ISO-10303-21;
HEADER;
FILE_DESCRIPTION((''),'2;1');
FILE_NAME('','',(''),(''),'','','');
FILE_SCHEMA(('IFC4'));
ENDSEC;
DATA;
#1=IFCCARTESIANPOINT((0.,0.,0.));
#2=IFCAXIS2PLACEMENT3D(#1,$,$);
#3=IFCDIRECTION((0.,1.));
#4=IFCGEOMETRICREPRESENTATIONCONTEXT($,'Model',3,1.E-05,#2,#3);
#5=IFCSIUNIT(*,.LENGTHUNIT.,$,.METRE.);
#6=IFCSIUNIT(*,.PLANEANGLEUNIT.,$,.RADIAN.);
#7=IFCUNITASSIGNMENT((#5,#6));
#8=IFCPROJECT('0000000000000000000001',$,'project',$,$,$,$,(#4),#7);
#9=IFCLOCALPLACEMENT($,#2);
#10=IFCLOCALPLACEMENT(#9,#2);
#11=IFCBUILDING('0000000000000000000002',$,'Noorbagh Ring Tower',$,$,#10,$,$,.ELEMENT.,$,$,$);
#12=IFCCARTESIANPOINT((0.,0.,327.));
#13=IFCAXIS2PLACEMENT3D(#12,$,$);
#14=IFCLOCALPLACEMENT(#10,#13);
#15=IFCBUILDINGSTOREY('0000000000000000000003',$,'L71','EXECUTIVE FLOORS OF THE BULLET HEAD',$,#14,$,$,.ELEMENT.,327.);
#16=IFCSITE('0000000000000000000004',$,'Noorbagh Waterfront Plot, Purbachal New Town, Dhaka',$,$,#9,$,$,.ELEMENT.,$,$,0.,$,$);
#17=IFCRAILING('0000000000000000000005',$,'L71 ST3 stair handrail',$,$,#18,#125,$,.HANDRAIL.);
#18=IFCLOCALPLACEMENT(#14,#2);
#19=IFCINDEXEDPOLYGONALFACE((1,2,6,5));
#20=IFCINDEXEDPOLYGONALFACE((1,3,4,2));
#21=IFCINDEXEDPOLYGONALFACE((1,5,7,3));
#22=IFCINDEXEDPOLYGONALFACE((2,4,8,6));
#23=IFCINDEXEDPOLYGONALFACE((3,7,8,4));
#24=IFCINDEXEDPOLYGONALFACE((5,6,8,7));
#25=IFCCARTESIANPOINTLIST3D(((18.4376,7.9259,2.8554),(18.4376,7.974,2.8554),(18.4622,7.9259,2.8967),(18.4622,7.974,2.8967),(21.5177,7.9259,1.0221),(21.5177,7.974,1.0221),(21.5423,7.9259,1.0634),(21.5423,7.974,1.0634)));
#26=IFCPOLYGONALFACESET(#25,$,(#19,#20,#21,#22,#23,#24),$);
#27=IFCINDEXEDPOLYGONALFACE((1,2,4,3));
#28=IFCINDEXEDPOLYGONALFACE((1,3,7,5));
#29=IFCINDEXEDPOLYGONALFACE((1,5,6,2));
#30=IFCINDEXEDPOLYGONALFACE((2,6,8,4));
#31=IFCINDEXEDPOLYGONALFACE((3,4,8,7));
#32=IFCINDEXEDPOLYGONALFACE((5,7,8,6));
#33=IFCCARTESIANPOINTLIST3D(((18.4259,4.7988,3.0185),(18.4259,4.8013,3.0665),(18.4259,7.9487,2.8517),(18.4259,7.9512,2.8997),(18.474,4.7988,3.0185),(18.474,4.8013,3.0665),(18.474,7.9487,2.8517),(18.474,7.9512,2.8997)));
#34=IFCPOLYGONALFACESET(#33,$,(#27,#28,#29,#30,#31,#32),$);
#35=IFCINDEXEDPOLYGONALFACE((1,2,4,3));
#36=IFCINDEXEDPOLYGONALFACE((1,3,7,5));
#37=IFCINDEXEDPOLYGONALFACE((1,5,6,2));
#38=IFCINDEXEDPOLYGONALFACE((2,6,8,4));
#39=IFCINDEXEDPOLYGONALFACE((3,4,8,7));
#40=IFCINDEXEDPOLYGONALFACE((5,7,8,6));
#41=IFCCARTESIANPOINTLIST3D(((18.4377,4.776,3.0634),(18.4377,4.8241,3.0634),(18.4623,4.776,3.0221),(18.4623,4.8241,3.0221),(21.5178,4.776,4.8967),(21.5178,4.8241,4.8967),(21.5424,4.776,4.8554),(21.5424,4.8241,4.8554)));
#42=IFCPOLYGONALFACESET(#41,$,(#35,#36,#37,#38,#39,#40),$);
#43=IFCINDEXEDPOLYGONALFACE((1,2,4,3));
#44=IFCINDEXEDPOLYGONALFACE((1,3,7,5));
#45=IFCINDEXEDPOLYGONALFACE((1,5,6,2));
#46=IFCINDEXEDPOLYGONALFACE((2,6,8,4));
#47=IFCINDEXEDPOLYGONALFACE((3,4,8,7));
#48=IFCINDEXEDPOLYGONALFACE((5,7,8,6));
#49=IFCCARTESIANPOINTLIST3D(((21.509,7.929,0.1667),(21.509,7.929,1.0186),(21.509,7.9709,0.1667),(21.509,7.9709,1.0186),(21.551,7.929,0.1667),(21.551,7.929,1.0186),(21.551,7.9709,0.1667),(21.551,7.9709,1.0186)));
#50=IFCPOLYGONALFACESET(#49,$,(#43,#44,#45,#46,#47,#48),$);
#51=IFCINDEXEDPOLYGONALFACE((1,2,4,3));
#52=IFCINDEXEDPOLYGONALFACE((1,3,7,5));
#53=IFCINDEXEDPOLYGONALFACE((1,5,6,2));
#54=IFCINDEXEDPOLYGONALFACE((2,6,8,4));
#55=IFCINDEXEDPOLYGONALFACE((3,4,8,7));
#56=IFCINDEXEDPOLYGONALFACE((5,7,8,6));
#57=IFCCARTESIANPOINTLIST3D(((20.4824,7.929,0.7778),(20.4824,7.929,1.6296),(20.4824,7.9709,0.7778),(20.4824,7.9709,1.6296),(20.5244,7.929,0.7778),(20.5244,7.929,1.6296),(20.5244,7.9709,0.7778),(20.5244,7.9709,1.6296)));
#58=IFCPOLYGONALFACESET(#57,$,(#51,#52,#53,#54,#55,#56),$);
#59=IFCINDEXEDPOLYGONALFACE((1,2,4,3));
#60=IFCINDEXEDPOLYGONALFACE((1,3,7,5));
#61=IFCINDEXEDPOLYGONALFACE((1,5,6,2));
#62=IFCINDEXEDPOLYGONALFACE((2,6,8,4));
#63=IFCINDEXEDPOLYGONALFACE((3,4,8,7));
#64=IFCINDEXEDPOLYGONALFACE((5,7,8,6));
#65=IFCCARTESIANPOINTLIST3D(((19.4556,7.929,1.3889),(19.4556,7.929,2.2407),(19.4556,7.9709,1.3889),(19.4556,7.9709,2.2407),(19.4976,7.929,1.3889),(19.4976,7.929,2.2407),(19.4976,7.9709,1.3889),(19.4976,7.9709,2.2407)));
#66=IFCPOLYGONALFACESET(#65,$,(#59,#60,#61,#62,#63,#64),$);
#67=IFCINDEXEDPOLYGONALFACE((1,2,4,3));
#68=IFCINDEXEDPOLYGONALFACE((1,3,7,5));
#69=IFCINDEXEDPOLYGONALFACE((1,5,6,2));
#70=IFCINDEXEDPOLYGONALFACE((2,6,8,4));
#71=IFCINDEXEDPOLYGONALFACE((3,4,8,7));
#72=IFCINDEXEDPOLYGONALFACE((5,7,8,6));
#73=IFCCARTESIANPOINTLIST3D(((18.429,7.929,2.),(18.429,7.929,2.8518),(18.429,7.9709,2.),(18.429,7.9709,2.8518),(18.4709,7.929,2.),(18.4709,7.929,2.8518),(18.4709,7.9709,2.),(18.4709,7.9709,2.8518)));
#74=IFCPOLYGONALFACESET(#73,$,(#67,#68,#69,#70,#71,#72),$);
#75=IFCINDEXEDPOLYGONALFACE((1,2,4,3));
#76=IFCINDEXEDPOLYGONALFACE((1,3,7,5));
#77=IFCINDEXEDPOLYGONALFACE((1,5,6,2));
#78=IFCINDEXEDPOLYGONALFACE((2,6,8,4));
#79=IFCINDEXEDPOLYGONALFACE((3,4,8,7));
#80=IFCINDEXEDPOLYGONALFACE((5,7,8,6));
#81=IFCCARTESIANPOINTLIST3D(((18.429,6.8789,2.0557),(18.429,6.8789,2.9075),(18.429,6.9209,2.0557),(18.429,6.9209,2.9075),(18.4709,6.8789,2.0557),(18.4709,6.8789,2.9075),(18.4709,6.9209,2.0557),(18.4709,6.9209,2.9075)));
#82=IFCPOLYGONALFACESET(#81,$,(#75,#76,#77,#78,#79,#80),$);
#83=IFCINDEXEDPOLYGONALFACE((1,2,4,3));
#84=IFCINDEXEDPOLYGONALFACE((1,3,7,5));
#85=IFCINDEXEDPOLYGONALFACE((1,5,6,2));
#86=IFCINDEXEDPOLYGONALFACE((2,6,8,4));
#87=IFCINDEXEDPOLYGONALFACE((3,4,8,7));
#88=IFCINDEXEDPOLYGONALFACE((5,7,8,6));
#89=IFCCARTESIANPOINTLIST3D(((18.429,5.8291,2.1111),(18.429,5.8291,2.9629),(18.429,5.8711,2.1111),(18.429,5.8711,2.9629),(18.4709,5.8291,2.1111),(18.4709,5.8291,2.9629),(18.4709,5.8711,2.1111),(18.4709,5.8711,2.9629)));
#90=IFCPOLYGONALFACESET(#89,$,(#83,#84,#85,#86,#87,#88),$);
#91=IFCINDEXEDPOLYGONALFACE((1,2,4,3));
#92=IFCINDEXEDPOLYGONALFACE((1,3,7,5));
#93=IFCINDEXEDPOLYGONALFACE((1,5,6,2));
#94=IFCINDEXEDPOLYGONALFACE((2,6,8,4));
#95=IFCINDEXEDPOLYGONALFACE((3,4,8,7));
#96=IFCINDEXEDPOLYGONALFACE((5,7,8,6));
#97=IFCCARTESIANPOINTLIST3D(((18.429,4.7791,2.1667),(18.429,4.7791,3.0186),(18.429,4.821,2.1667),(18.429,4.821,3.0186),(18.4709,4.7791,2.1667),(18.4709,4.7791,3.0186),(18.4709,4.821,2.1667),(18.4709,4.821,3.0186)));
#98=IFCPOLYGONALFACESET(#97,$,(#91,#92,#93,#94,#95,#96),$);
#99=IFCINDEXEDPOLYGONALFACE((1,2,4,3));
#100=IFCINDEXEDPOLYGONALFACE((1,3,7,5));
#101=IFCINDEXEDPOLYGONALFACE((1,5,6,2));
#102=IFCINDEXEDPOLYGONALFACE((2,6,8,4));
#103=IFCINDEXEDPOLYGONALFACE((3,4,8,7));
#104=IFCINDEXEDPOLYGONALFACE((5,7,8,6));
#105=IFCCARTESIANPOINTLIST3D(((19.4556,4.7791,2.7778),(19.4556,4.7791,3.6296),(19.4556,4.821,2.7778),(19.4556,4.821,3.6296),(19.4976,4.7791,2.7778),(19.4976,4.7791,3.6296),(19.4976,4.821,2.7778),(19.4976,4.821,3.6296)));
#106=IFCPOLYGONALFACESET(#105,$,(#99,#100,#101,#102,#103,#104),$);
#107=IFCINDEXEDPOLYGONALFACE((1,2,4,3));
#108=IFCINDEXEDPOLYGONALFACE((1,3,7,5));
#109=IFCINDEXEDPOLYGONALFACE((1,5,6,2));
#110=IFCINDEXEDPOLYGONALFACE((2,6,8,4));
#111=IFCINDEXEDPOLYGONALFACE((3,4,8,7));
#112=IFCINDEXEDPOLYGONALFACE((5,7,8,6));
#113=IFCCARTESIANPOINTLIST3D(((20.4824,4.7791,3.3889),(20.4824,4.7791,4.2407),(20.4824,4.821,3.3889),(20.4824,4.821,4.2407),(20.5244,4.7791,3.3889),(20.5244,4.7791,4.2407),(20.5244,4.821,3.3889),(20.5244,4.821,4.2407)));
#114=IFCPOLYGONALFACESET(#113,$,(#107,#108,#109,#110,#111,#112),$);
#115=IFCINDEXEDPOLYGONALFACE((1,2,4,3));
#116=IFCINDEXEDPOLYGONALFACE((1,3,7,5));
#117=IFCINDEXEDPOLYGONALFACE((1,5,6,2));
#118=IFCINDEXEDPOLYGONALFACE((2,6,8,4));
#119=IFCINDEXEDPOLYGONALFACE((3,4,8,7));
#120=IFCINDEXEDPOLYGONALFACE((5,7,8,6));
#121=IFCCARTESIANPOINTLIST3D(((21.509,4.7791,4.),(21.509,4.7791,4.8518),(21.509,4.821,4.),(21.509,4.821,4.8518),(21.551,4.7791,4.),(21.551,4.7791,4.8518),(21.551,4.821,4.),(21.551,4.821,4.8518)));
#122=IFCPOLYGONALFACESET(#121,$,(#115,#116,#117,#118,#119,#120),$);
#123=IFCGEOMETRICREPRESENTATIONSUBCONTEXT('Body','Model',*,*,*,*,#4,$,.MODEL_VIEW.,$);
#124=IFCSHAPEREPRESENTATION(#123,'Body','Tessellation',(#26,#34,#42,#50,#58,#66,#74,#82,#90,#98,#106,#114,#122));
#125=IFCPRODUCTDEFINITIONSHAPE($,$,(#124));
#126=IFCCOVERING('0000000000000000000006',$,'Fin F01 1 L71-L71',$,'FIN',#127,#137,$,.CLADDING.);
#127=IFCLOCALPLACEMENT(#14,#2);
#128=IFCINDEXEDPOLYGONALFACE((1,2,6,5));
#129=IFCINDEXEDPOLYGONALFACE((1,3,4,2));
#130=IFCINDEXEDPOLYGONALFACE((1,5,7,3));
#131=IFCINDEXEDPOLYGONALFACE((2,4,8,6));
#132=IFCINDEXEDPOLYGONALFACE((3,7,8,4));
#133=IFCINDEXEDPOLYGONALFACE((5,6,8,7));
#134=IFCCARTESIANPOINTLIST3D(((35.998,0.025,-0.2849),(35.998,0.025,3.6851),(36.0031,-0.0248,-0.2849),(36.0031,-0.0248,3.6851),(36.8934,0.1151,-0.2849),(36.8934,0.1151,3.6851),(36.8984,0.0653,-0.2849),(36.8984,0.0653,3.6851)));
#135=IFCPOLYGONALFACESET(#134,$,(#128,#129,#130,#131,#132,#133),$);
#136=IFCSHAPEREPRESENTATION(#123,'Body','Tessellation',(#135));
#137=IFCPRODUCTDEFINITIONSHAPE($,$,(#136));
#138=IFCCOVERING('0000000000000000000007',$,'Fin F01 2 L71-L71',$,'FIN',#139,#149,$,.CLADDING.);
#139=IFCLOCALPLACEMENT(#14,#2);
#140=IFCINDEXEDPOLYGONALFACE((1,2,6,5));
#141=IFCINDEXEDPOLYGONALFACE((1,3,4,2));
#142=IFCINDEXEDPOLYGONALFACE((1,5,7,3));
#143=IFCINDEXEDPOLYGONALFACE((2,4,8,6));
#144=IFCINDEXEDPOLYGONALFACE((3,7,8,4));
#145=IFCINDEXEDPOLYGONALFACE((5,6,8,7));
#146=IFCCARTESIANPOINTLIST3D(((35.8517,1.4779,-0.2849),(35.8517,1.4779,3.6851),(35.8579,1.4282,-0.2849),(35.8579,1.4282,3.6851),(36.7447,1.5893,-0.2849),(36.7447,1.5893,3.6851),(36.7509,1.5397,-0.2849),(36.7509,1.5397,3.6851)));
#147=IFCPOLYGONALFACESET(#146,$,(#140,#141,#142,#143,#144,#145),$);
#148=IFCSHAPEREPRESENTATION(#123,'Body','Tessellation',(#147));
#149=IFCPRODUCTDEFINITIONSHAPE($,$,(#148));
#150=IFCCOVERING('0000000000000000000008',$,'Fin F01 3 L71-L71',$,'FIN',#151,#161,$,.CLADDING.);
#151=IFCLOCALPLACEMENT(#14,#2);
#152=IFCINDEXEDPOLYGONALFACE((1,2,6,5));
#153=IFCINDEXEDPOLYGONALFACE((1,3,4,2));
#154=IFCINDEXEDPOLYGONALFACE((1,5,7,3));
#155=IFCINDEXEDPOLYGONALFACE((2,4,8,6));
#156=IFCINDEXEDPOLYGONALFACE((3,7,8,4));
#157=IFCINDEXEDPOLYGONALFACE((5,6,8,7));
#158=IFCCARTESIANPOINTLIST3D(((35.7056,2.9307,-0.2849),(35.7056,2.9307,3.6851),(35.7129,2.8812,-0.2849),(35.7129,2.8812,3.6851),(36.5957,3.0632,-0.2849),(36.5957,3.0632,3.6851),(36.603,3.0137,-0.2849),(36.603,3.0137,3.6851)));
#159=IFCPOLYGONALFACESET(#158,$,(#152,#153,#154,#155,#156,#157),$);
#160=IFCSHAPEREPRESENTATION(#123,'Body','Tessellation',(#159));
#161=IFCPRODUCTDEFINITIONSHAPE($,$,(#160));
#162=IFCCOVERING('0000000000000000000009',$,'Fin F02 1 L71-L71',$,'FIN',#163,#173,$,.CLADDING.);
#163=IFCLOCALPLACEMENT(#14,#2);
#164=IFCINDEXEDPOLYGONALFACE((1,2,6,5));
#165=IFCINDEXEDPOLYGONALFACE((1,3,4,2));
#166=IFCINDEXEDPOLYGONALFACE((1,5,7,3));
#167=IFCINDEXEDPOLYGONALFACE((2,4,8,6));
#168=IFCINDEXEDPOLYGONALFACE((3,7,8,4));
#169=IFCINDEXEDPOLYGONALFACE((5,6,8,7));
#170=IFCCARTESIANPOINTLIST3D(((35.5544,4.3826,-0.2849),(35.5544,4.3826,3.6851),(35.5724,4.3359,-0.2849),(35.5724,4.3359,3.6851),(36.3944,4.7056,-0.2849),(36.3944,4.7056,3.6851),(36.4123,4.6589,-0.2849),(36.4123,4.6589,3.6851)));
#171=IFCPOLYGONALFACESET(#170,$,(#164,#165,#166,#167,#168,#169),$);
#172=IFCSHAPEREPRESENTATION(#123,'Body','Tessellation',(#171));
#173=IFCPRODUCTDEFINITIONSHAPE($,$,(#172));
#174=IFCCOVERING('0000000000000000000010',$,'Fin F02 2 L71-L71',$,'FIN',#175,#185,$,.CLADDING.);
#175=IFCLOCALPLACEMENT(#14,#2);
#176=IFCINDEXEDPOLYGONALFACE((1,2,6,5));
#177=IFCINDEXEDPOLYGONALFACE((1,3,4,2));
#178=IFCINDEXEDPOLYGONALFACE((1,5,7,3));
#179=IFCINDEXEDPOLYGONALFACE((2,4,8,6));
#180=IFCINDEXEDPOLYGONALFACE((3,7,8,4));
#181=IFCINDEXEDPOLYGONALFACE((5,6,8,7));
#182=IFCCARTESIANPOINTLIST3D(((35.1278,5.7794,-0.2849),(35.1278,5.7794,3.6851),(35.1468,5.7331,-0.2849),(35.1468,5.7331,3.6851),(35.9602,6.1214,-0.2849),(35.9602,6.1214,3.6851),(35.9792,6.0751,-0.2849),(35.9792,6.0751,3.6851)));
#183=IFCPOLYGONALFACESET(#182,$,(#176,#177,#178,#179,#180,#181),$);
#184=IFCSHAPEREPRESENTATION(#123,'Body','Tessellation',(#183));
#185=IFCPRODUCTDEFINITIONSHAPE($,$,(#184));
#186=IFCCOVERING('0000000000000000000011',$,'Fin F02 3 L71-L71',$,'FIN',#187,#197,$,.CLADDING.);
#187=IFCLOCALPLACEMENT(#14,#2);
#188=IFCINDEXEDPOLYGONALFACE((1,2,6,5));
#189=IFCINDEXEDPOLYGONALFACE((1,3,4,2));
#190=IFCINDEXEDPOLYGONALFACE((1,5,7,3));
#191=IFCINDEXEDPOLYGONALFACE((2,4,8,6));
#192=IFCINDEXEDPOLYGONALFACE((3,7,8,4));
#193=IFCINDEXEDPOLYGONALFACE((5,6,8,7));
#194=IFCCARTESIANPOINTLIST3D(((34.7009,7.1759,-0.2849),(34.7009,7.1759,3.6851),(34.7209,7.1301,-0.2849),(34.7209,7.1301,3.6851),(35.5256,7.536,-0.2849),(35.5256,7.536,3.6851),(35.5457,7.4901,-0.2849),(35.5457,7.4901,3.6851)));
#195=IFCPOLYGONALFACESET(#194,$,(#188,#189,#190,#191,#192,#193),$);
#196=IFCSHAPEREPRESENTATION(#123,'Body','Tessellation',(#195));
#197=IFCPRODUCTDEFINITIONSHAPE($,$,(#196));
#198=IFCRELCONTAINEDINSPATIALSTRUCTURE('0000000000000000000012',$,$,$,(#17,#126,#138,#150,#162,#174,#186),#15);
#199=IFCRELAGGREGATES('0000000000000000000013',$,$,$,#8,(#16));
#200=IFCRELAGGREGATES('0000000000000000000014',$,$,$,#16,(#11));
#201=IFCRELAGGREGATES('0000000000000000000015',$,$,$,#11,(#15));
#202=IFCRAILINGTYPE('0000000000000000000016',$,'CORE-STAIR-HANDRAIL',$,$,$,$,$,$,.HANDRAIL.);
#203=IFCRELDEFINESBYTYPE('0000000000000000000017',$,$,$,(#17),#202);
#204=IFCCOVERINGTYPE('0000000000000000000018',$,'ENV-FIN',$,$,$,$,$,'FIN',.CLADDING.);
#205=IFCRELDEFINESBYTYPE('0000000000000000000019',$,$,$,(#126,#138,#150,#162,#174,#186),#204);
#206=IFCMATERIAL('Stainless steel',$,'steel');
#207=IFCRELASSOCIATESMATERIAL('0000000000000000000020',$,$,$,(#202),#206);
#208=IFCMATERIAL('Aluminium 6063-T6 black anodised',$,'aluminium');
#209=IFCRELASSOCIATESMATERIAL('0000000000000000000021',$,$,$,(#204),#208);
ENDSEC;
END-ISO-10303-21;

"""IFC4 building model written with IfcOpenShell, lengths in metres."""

from ifc_helpers import new_model, si_unit, direction, frame, origin, origin_2d, place, context, subcontext, project, spatial, rectangle, extrude, material, material_profile, profile_set, type_object, element, save


model = new_model("IFC4")

# Units and contexts
model_context = context("Model", 3, precision=1e-05, world=origin(), true_north=direction((0.0, 1.0)))
body_context = subcontext(model_context, "Body", "Model", "MODEL_VIEW")
ifc_project = project(units=[si_unit("LENGTHUNIT", "METRE"), si_unit("PLANEANGLEUNIT", "RADIAN")], contexts=[model_context])

# Site, building, storey
site_placement = place(None, origin())
site = spatial("IfcSite", under=ifc_project, at=site_placement, Name="Noorbagh Waterfront Plot, Purbachal New Town, Dhaka", CompositionType="ELEMENT", RefElevation=0.0)
building_placement = place(site_placement, origin())
building = spatial("IfcBuilding", under=site, at=building_placement, Name="Noorbagh Ring Tower", CompositionType="ELEMENT")
storey_placement = place(building_placement, frame((0.0, 0.0, 327.0)))
storey = spatial("IfcBuildingStorey", under=building, at=storey_placement, Name="L71", Description="EXECUTIVE FLOORS OF THE BULLET HEAD", CompositionType="ELEMENT", Elevation=327.0)

# Railing
ifc_material_1 = material(Name="Stainless steel", Category="steel")
railing_type_1 = type_object("IfcRailingType", Name="CORE-STAIR-HANDRAIL", PredefinedType="HANDRAIL", material=ifc_material_1)
railing_1_placement = place(storey_placement, frame((21.53, 7.95, 0.1667)))
element("IfcRailing", 1, at=railing_1_placement, inside=storey, type_object=railing_type_1, Name="L71 ST3 stair handrail", PredefinedType="HANDRAIL", context=body_context, shape_type="SweptSolid", body=[
    extrude(rectangle(XDim=0.0481, YDim=0.0481, at=origin_2d()), frame((0.0, 0.0, 0.876), z_axis=(-0.859309, 0.0, 0.511458), x_axis=(0.0, -1.0, 0.0)), (0.0, 0.0, 1.0), 3.5845),
    extrude(rectangle(XDim=0.0481, YDim=0.0481, at=origin_2d()), frame((-3.0801, 0.0, 2.709), z_axis=(0.0, -0.998602, 0.052864), x_axis=(1.0, 0.0, 0.0)), (0.0, 0.0, 1.0), 3.1543),
    extrude(rectangle(XDim=0.0481, YDim=0.0481, at=origin_2d()), frame((-3.0801, -3.1499, 2.876), z_axis=(0.859309, 0.0, 0.511458), x_axis=(0.0, 1.0, 0.0)), (0.0, 0.0, 1.0), 3.5845),
    extrude(rectangle(XDim=0.042, YDim=0.042, at=origin_2d()), origin(), (0.0, 0.0, 1.0), 0.8518),
    extrude(rectangle(XDim=0.042, YDim=0.042, at=origin_2d()), frame((-1.0266, 0.0, 0.6111)), (0.0, 0.0, 1.0), 0.8518),
    extrude(rectangle(XDim=0.042, YDim=0.042, at=origin_2d()), frame((-2.0535, 0.0, 1.2222)), (0.0, 0.0, 1.0), 0.8518),
    extrude(rectangle(XDim=0.042, YDim=0.042, at=origin_2d()), frame((-3.0801, 0.0, 1.8333)), (0.0, 0.0, 1.0), 0.8518),
    extrude(rectangle(XDim=0.042, YDim=0.042, at=origin_2d()), frame((-3.0801, -1.05, 1.8889)), (0.0, 0.0, 1.0), 0.8518),
    extrude(rectangle(XDim=0.042, YDim=0.042, at=origin_2d()), frame((-3.0801, -2.0999, 1.9443)), (0.0, 0.0, 1.0), 0.8518),
    extrude(rectangle(XDim=0.042, YDim=0.042, at=origin_2d()), frame((-3.0801, -3.1499, 2.0)), (0.0, 0.0, 1.0), 0.8518),
    extrude(rectangle(XDim=0.042, YDim=0.042, at=origin_2d()), frame((-2.0535, -3.1499, 2.6111)), (0.0, 0.0, 1.0), 0.8518),
    extrude(rectangle(XDim=0.042, YDim=0.042, at=origin_2d()), frame((-1.0266, -3.1499, 3.2222)), (0.0, 0.0, 1.0), 0.8518),
    extrude(rectangle(XDim=0.042, YDim=0.042, at=origin_2d()), frame((0.0, -3.1499, 3.8333)), (0.0, 0.0, 1.0), 0.8518),
])

# Coverings
ifc_material_2 = material(Name="Aluminium 6063-T6 black anodised", Category="aluminium")
ifc_material_profile_1 = material_profile(ifc_material_2, rectangle(XDim=0.8999, YDim=0.05, at=origin_2d()), Name="900x50")
ifc_profile_set_1 = profile_set([ifc_material_profile_1], Name="Aluminium 6063-T6 black anodised")
covering_type = type_object("IfcCoveringType", Name="ENV-FIN", ElementType="FIN", PredefinedType="CLADDING", material=ifc_profile_set_1)
for number, where, z_axis, x_axis, name in (
    (2, (36.4482, 0.0452, -0.2849), (0.0, 0.0, 1.0), (0.99497, 0.100178, 0.0), "Fin F01 1 L71-L71"),
    (3, (36.3013, 1.5088, -0.2849), (0.0, 0.0, 1.0), (0.992303, 0.123835, 0.0), "Fin F01 2 L71-L71"),
    (4, (36.1543, 2.9722, -0.2849), (0.0, 0.0, 1.0), (0.989103, 0.147226, 0.0), "Fin F01 3 L71-L71"),
    (5, (35.9834, 4.5208, -0.2849), (0.0, 0.0, 1.0), (0.933362, 0.358936, 0.0), "Fin F02 1 L71-L71"),
    (6, (35.5535, 5.9272, -0.2849), (0.0, 0.0, 1.0), (0.925001, 0.379965, 0.0), "Fin F02 2 L71-L71"),
    (7, (35.1233, 7.333, -0.2849), (0.0, 0.0, 1.0), (0.916475, 0.400092, 0.0), "Fin F02 3 L71-L71"),
):
    element("IfcCovering", number, at=place(storey_placement, frame(where, z_axis=z_axis, x_axis=x_axis)), inside=storey, type_object=covering_type, Name=name, ObjectType="FIN", PredefinedType="CLADDING", context=body_context, shape_type="SweptSolid", body=[
        extrude(rectangle(XDim=0.8999, YDim=0.05, at=origin_2d()), origin(), (0.0, 0.0, 1.0), 3.97),
    ])

save(model, "model.ifc")
